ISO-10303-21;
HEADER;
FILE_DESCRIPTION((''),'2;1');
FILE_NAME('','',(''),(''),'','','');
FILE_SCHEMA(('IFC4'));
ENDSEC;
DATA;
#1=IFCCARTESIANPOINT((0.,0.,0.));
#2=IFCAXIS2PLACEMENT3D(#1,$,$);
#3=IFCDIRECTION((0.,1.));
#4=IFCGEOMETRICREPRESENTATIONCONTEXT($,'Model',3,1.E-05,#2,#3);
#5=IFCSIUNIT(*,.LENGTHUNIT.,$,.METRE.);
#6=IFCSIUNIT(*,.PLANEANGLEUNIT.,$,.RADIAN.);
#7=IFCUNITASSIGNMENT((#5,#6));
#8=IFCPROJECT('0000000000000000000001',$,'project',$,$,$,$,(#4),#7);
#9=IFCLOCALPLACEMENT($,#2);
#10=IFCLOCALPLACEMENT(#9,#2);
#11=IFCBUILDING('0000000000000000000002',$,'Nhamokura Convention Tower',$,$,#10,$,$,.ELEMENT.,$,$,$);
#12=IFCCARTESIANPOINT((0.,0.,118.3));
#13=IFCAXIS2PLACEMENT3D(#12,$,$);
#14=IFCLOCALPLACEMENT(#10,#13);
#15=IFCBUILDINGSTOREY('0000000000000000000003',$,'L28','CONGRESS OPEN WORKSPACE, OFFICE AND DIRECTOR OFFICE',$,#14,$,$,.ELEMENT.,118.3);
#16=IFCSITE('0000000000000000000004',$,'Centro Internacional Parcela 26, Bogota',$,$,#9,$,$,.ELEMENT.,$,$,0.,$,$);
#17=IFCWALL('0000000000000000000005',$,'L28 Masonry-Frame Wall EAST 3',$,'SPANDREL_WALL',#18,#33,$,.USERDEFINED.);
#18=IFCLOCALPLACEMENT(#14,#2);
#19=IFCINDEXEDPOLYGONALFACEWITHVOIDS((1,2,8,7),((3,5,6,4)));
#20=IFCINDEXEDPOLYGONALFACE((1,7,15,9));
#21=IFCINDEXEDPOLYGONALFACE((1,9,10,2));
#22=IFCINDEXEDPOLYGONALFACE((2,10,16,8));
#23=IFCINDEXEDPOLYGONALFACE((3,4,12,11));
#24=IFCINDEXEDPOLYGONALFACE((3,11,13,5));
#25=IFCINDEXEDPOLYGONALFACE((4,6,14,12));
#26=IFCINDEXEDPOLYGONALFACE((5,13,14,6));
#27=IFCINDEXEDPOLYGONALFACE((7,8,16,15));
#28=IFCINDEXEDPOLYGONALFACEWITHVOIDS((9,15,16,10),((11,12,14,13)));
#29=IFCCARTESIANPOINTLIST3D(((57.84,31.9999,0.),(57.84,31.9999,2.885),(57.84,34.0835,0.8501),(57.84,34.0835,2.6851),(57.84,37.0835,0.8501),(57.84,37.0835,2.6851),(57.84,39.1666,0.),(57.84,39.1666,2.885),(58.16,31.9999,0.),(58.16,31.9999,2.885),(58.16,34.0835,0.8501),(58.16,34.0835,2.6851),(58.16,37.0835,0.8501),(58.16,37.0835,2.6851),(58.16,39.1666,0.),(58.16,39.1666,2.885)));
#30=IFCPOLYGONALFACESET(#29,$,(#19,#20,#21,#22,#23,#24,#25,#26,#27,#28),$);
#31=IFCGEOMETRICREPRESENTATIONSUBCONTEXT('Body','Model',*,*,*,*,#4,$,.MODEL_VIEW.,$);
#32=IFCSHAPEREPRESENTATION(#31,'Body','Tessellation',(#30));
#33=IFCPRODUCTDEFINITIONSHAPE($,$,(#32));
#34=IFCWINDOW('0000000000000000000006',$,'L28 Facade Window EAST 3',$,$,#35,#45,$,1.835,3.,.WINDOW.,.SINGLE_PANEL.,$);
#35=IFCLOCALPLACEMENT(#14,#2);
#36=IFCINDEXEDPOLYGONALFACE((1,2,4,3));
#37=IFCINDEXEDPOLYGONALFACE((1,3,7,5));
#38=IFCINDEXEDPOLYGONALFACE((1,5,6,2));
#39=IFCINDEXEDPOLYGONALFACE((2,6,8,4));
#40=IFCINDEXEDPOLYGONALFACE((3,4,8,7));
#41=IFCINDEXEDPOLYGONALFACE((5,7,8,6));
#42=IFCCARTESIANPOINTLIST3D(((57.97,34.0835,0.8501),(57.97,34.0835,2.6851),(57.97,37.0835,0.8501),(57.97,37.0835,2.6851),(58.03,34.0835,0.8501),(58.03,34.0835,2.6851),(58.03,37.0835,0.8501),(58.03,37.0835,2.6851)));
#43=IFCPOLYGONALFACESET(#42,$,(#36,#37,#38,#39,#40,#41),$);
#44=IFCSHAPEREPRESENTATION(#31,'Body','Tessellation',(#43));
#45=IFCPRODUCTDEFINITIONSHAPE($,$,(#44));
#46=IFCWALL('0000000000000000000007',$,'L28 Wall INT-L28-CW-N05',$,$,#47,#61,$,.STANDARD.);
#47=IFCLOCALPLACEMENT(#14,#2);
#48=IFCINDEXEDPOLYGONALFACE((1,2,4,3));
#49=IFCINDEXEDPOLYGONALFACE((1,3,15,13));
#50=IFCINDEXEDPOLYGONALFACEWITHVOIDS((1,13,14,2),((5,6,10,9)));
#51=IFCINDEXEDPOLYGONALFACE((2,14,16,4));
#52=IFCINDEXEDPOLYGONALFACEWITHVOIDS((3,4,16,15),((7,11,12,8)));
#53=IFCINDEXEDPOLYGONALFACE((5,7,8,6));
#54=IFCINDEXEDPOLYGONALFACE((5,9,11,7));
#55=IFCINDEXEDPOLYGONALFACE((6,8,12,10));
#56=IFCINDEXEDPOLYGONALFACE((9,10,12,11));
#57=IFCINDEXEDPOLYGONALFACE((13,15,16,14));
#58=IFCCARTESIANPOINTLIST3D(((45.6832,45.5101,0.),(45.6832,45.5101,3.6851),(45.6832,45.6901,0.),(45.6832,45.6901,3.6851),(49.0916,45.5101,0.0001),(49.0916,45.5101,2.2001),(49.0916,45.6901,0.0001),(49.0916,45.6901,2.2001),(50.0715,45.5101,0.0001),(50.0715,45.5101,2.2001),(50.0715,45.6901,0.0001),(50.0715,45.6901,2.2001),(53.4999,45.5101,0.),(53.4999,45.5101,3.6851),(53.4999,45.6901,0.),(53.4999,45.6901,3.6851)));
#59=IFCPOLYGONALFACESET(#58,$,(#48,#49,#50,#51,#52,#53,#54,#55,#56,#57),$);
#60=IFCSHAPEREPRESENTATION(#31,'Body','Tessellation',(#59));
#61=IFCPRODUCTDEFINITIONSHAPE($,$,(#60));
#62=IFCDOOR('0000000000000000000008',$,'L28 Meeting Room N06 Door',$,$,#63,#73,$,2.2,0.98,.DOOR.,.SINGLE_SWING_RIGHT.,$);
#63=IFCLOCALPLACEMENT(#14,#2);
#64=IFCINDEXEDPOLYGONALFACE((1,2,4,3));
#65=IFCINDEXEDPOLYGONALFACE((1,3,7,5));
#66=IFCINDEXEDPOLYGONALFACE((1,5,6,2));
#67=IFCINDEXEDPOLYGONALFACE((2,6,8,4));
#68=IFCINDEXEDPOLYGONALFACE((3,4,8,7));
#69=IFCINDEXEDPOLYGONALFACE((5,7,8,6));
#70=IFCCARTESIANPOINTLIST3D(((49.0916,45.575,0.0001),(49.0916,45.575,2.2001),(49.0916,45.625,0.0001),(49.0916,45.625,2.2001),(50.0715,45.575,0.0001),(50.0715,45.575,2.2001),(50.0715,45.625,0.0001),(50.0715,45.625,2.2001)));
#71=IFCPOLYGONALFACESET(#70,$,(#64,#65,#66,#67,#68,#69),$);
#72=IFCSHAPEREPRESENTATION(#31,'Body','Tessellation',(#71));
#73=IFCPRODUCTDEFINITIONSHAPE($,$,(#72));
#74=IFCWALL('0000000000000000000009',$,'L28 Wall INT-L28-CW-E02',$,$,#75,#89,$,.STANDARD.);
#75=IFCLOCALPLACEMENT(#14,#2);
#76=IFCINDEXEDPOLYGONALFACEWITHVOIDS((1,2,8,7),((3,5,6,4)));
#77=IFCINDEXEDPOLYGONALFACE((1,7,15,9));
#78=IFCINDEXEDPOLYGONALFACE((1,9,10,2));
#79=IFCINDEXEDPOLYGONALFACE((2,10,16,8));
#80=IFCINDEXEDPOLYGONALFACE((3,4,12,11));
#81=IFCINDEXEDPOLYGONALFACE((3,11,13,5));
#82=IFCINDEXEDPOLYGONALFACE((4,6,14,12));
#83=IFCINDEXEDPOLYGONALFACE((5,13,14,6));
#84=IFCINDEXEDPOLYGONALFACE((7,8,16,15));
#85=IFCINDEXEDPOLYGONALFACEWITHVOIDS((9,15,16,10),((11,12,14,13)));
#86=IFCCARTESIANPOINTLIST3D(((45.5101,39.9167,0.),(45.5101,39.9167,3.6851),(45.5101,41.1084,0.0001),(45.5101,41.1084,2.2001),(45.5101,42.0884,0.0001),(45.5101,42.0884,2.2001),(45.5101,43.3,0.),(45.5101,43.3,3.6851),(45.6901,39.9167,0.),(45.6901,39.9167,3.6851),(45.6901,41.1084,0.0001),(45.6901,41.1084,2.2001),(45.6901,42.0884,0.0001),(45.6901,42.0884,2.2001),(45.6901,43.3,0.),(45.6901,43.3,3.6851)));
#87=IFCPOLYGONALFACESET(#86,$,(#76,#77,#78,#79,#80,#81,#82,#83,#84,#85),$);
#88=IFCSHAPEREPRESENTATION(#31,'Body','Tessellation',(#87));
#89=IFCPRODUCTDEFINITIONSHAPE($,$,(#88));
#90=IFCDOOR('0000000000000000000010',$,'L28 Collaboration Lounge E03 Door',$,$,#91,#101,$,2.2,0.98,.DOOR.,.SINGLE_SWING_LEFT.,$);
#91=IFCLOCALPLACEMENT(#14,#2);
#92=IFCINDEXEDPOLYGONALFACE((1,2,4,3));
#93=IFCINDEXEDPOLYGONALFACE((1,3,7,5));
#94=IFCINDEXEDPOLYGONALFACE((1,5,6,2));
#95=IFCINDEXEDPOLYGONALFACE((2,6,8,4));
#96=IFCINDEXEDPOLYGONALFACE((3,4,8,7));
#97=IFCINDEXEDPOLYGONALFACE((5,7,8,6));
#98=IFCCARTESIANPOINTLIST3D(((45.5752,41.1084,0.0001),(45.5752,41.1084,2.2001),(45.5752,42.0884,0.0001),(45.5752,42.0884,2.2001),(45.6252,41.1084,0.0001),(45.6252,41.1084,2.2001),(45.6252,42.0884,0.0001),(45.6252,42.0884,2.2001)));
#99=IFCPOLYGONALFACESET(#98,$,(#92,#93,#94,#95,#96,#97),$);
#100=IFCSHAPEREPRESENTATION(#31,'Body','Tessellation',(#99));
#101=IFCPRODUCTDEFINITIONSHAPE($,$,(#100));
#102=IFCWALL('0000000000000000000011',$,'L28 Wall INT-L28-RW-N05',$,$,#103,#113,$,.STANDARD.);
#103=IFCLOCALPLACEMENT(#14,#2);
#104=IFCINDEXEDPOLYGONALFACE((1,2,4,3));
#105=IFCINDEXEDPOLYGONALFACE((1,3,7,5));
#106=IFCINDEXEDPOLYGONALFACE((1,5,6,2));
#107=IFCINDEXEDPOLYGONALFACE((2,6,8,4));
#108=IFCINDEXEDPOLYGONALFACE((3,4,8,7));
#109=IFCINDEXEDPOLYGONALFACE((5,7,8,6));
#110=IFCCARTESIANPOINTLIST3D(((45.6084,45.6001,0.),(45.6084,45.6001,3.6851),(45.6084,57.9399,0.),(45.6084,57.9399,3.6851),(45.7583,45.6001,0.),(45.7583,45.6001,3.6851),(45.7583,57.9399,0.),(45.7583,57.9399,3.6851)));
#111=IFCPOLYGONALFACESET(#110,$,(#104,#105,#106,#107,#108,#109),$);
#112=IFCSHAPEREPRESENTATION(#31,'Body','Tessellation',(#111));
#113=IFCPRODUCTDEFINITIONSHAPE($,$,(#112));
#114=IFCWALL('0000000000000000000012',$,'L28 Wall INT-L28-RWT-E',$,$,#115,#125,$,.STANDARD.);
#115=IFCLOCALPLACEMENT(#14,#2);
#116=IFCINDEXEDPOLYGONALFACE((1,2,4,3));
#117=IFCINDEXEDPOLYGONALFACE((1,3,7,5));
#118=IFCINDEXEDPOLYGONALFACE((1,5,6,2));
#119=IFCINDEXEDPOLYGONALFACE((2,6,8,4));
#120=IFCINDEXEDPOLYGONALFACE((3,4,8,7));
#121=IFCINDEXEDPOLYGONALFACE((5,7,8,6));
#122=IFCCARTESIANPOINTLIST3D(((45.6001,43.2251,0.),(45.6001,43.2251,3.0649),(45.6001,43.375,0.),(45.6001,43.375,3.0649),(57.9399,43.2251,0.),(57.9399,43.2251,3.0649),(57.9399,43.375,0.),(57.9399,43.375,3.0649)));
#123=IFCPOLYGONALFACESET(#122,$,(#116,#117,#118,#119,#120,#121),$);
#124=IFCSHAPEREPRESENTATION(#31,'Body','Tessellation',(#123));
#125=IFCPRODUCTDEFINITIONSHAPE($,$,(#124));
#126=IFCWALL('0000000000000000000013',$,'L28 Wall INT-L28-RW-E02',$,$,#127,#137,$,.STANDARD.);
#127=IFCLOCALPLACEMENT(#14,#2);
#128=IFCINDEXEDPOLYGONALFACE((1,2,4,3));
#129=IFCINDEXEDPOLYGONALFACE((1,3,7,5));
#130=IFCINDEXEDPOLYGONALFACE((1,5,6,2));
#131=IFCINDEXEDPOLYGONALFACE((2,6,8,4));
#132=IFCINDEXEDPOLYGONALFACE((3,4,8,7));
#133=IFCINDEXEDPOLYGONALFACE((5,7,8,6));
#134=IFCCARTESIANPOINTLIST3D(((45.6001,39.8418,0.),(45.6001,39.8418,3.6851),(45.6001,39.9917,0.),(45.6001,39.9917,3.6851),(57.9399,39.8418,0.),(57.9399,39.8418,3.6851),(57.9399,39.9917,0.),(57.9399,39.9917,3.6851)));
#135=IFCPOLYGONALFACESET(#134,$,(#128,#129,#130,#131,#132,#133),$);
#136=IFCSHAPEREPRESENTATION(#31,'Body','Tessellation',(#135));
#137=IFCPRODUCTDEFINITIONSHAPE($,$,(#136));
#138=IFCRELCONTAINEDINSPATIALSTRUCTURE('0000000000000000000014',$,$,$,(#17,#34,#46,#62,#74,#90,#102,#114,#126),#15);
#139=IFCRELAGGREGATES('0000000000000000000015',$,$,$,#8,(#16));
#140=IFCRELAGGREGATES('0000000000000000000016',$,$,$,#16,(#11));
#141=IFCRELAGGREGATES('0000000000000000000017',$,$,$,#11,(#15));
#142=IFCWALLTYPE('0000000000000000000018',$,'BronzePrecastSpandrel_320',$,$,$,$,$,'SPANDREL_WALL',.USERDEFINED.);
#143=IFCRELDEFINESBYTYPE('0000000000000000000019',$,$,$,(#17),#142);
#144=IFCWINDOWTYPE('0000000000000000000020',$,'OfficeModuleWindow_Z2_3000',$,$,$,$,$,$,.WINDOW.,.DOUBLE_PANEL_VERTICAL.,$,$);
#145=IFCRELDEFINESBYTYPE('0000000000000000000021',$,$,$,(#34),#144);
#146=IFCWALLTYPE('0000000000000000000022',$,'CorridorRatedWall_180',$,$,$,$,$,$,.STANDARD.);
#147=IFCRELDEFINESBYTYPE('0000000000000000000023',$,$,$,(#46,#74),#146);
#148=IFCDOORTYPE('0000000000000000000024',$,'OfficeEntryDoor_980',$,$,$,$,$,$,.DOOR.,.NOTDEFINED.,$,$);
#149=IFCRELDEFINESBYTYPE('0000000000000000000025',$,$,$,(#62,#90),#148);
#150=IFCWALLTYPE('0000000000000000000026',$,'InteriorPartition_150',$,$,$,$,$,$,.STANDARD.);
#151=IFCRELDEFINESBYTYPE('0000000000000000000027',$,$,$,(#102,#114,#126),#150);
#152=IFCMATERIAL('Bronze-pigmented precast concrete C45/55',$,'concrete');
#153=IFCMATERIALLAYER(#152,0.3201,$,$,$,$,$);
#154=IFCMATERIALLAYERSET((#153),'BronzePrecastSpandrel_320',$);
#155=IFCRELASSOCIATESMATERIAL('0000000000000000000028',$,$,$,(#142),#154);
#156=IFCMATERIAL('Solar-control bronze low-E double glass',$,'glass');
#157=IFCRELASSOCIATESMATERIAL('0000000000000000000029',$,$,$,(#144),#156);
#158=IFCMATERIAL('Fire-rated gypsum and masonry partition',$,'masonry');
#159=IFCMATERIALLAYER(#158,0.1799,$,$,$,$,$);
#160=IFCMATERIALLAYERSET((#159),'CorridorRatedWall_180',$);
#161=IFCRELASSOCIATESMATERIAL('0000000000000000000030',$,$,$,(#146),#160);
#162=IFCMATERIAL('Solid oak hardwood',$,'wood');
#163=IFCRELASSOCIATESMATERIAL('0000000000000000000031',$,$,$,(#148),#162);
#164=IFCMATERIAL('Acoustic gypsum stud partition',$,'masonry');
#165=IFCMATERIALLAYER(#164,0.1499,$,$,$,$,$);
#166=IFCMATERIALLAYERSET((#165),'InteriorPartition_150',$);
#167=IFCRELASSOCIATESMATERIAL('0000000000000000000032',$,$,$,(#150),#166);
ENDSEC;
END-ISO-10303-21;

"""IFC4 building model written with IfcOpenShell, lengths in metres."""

from ifc_helpers import new_model, si_unit, direction, frame, frame_2d, origin, place, context, subcontext, project, spatial, rectangle, extrude, material, layer, layer_set, type_object, element, fill, save


model = new_model("IFC4")

# Units and contexts
model_context = context("Model", 3, precision=1e-05, world=origin(), true_north=direction((0.0, 1.0)))
body_context = subcontext(model_context, "Body", "Model", "MODEL_VIEW")
ifc_project = project(units=[si_unit("LENGTHUNIT", "METRE"), si_unit("PLANEANGLEUNIT", "RADIAN")], contexts=[model_context])

# Site, building, storey
site_placement = place(None, origin())
site = spatial("IfcSite", under=ifc_project, at=site_placement, Name="Centro Internacional Parcela 26, Bogota", CompositionType="ELEMENT", RefElevation=0.0)
building_placement = place(site_placement, origin())
building = spatial("IfcBuilding", under=site, at=building_placement, Name="Nhamokura Convention Tower", CompositionType="ELEMENT")
storey_placement = place(building_placement, frame((0.0, 0.0, 118.3)))
storey = spatial("IfcBuildingStorey", under=building, at=storey_placement, Name="L28", Description="CONGRESS OPEN WORKSPACE, OFFICE AND DIRECTOR OFFICE", CompositionType="ELEMENT", Elevation=118.3)

# Wall, opening, window
ifc_material_1 = material(Name="Bronze-pigmented precast concrete C45/55", Category="concrete")
ifc_layer_1 = layer(ifc_material_1, 0.3201)
ifc_layer_set_1 = layer_set([ifc_layer_1], Name="BronzePrecastSpandrel_320")
wall_type_1 = type_object("IfcWallType", Name="BronzePrecastSpandrel_320", ElementType="SPANDREL_WALL", PredefinedType="USERDEFINED", material=ifc_layer_set_1)
ifc_material_2 = material(Name="Solar-control bronze low-E double glass", Category="glass")
window_type = type_object("IfcWindowType", Name="OfficeModuleWindow_Z2_3000", PartitioningType="DOUBLE_PANEL_VERTICAL", PredefinedType="WINDOW", material=ifc_material_2)
wall_1_placement = place(storey_placement, frame((58.0, 39.1667, 0.0), z_axis=(0.0, 0.0, 1.0), x_axis=(0.0, -1.0, 0.0)))
wall_1 = element("IfcWall", 1, at=wall_1_placement, inside=storey, type_object=wall_type_1, Name="L28 Masonry-Frame Wall EAST 3", ObjectType="SPANDREL_WALL", PredefinedType="USERDEFINED", context=body_context, shape_type="SweptSolid", body=[
    extrude(rectangle(XDim=7.1667, YDim=0.3201, at=frame_2d((3.5835, 0.0))), origin(), (0.0, 0.0, 1.0), 2.885),
])
opening_1_placement = place(wall_1_placement, frame((2.0833, 0.0, 0.8501)))
opening_1 = element("IfcOpeningElement", 2, at=opening_1_placement, cuts=wall_1, PredefinedType="OPENING", context=body_context, shape_type="SweptSolid", body=[
    extrude(rectangle(XDim=3.0, YDim=1.835, at=frame_2d((1.5, 0.9175))), frame((0.0, 0.1699, 0.0), z_axis=(0.0, -1.0, 0.0), x_axis=(1.0, 0.0, 0.0)), (0.0, 0.0, 1.0), 0.3401),
])
window_1_placement = place(opening_1_placement, origin())
window_1 = element("IfcWindow", 3, at=window_1_placement, inside=storey, type_object=window_type, Name="L28 Facade Window EAST 3", OverallHeight=1.835, OverallWidth=3.0, PartitioningType="SINGLE_PANEL", PredefinedType="WINDOW", context=body_context, shape_type="SweptSolid", body=[
    extrude(rectangle(XDim=3.0, YDim=1.835, at=frame_2d((1.5, 0.9175))), frame((0.0, 0.03, 0.0), z_axis=(0.0, -1.0, 0.0), x_axis=(1.0, 0.0, 0.0)), (0.0, 0.0, 1.0), 0.0601),
])
fill(opening_1, window_1)

# Walls, openings, doors
ifc_material_3 = material(Name="Fire-rated gypsum and masonry partition", Category="masonry")
ifc_layer_2 = layer(ifc_material_3, 0.1799)
ifc_layer_set_2 = layer_set([ifc_layer_2], Name="CorridorRatedWall_180")
wall_type_2 = type_object("IfcWallType", Name="CorridorRatedWall_180", PredefinedType="STANDARD", material=ifc_layer_set_2)
wall_2_placement = place(storey_placement, frame((45.6833, 45.6001, 0.0), z_axis=(0.0, 0.0, 1.0), x_axis=(1.0, 0.0, 0.0)))
wall_2 = element("IfcWall", 4, at=wall_2_placement, inside=storey, type_object=wall_type_2, Name="L28 Wall INT-L28-CW-N05", PredefinedType="STANDARD", context=body_context, shape_type="SweptSolid", body=[
    extrude(rectangle(XDim=7.8167, YDim=0.1799, at=frame_2d((3.9082, 0.0))), origin(), (0.0, 0.0, 1.0), 3.6851),
])
opening_2_placement = place(wall_2_placement, frame((3.4082, 0.0, 0.0)))
opening_2 = element("IfcOpeningElement", 5, at=opening_2_placement, cuts=wall_2, PredefinedType="OPENING", context=body_context, shape_type="SweptSolid", body=[
    extrude(rectangle(XDim=0.98, YDim=2.2, at=frame_2d((0.49, 1.1001))), frame((0.0, 0.0999, 0.0), z_axis=(0.0, -1.0, 0.0), x_axis=(1.0, 0.0, 0.0)), (0.0, 0.0, 1.0), 0.2),
])
ifc_material_4 = material(Name="Solid oak hardwood", Category="wood")
door_type = type_object("IfcDoorType", Name="OfficeEntryDoor_980", OperationType="NOTDEFINED", PredefinedType="DOOR", material=ifc_material_4)
door_1_placement = place(opening_2_placement, origin())
door_1 = element("IfcDoor", 6, at=door_1_placement, inside=storey, type_object=door_type, Name="L28 Meeting Room N06 Door", OperationType="SINGLE_SWING_RIGHT", OverallHeight=2.2, OverallWidth=0.98, PredefinedType="DOOR", context=body_context, shape_type="SweptSolid", body=[
    extrude(rectangle(XDim=0.98, YDim=2.2, at=frame_2d((0.49, 1.1001))), frame((0.0, 0.0249, 0.0), z_axis=(0.0, -1.0, 0.0), x_axis=(1.0, 0.0, 0.0)), (0.0, 0.0, 1.0), 0.05),
])
fill(opening_2, door_1)
wall_3_placement = place(storey_placement, frame((45.6001, 39.9167, 0.0), z_axis=(0.0, 0.0, 1.0), x_axis=(0.0, 1.0, 0.0)))
wall_3 = element("IfcWall", 7, at=wall_3_placement, inside=storey, type_object=wall_type_2, Name="L28 Wall INT-L28-CW-E02", PredefinedType="STANDARD", context=body_context, shape_type="SweptSolid", body=[
    extrude(rectangle(XDim=3.3833, YDim=0.1799, at=frame_2d((1.6917, 0.0))), origin(), (0.0, 0.0, 1.0), 3.6851),
])
opening_3_placement = place(wall_3_placement, frame((1.1917, 0.0, 0.0)))
opening_3 = element("IfcOpeningElement", 8, at=opening_3_placement, cuts=wall_3, PredefinedType="OPENING", context=body_context, shape_type="SweptSolid", body=[
    extrude(rectangle(XDim=0.98, YDim=2.2, at=frame_2d((0.49, 1.1001))), frame((0.0, 0.0999, 0.0), z_axis=(0.0, -1.0, 0.0), x_axis=(1.0, 0.0, 0.0)), (0.0, 0.0, 1.0), 0.2),
])
door_2_placement = place(opening_3_placement, origin())
door_2 = element("IfcDoor", 9, at=door_2_placement, inside=storey, type_object=door_type, Name="L28 Collaboration Lounge E03 Door", OperationType="SINGLE_SWING_LEFT", OverallHeight=2.2, OverallWidth=0.98, PredefinedType="DOOR", context=body_context, shape_type="SweptSolid", body=[
    extrude(rectangle(XDim=0.98, YDim=2.2, at=frame_2d((0.49, 1.1001))), frame((0.0, 0.0249, 0.0), z_axis=(0.0, -1.0, 0.0), x_axis=(1.0, 0.0, 0.0)), (0.0, 0.0, 1.0), 0.05),
])
fill(opening_3, door_2)

# Walls
ifc_material_5 = material(Name="Acoustic gypsum stud partition", Category="masonry")
ifc_layer_3 = layer(ifc_material_5, 0.1499)
ifc_layer_set_3 = layer_set([ifc_layer_3], Name="InteriorPartition_150")
wall_type_3 = type_object("IfcWallType", Name="InteriorPartition_150", PredefinedType="STANDARD", material=ifc_layer_set_3)
wall_4_placement = place(storey_placement, frame((45.6833, 45.6001, 0.0), z_axis=(0.0, 0.0, 1.0), x_axis=(0.0, 1.0, 0.0)))
element("IfcWall", 10, at=wall_4_placement, inside=storey, type_object=wall_type_3, Name="L28 Wall INT-L28-RW-N05", PredefinedType="STANDARD", context=body_context, shape_type="SweptSolid", body=[
    extrude(rectangle(XDim=12.3398, YDim=0.1499, at=frame_2d((6.1699, 0.0))), origin(), (0.0, 0.0, 1.0), 3.6851),
])
wall_5_placement = place(storey_placement, frame((45.6001, 43.3, 0.0), z_axis=(0.0, 0.0, 1.0), x_axis=(1.0, 0.0, 0.0)))
element("IfcWall", 11, at=wall_5_placement, inside=storey, type_object=wall_type_3, Name="L28 Wall INT-L28-RWT-E", PredefinedType="STANDARD", context=body_context, shape_type="SweptSolid", body=[
    extrude(rectangle(XDim=12.3398, YDim=0.1499, at=frame_2d((6.1699, 0.0))), origin(), (0.0, 0.0, 1.0), 3.0649),
])
wall_6_placement = place(storey_placement, frame((45.6001, 39.9167, 0.0), z_axis=(0.0, 0.0, 1.0), x_axis=(1.0, 0.0, 0.0)))
element("IfcWall", 12, at=wall_6_placement, inside=storey, type_object=wall_type_3, Name="L28 Wall INT-L28-RW-E02", PredefinedType="STANDARD", context=body_context, shape_type="SweptSolid", body=[
    extrude(rectangle(XDim=12.3398, YDim=0.1499, at=frame_2d((6.1699, 0.0))), origin(), (0.0, 0.0, 1.0), 3.6851),
])

save(model, "model.ifc")
